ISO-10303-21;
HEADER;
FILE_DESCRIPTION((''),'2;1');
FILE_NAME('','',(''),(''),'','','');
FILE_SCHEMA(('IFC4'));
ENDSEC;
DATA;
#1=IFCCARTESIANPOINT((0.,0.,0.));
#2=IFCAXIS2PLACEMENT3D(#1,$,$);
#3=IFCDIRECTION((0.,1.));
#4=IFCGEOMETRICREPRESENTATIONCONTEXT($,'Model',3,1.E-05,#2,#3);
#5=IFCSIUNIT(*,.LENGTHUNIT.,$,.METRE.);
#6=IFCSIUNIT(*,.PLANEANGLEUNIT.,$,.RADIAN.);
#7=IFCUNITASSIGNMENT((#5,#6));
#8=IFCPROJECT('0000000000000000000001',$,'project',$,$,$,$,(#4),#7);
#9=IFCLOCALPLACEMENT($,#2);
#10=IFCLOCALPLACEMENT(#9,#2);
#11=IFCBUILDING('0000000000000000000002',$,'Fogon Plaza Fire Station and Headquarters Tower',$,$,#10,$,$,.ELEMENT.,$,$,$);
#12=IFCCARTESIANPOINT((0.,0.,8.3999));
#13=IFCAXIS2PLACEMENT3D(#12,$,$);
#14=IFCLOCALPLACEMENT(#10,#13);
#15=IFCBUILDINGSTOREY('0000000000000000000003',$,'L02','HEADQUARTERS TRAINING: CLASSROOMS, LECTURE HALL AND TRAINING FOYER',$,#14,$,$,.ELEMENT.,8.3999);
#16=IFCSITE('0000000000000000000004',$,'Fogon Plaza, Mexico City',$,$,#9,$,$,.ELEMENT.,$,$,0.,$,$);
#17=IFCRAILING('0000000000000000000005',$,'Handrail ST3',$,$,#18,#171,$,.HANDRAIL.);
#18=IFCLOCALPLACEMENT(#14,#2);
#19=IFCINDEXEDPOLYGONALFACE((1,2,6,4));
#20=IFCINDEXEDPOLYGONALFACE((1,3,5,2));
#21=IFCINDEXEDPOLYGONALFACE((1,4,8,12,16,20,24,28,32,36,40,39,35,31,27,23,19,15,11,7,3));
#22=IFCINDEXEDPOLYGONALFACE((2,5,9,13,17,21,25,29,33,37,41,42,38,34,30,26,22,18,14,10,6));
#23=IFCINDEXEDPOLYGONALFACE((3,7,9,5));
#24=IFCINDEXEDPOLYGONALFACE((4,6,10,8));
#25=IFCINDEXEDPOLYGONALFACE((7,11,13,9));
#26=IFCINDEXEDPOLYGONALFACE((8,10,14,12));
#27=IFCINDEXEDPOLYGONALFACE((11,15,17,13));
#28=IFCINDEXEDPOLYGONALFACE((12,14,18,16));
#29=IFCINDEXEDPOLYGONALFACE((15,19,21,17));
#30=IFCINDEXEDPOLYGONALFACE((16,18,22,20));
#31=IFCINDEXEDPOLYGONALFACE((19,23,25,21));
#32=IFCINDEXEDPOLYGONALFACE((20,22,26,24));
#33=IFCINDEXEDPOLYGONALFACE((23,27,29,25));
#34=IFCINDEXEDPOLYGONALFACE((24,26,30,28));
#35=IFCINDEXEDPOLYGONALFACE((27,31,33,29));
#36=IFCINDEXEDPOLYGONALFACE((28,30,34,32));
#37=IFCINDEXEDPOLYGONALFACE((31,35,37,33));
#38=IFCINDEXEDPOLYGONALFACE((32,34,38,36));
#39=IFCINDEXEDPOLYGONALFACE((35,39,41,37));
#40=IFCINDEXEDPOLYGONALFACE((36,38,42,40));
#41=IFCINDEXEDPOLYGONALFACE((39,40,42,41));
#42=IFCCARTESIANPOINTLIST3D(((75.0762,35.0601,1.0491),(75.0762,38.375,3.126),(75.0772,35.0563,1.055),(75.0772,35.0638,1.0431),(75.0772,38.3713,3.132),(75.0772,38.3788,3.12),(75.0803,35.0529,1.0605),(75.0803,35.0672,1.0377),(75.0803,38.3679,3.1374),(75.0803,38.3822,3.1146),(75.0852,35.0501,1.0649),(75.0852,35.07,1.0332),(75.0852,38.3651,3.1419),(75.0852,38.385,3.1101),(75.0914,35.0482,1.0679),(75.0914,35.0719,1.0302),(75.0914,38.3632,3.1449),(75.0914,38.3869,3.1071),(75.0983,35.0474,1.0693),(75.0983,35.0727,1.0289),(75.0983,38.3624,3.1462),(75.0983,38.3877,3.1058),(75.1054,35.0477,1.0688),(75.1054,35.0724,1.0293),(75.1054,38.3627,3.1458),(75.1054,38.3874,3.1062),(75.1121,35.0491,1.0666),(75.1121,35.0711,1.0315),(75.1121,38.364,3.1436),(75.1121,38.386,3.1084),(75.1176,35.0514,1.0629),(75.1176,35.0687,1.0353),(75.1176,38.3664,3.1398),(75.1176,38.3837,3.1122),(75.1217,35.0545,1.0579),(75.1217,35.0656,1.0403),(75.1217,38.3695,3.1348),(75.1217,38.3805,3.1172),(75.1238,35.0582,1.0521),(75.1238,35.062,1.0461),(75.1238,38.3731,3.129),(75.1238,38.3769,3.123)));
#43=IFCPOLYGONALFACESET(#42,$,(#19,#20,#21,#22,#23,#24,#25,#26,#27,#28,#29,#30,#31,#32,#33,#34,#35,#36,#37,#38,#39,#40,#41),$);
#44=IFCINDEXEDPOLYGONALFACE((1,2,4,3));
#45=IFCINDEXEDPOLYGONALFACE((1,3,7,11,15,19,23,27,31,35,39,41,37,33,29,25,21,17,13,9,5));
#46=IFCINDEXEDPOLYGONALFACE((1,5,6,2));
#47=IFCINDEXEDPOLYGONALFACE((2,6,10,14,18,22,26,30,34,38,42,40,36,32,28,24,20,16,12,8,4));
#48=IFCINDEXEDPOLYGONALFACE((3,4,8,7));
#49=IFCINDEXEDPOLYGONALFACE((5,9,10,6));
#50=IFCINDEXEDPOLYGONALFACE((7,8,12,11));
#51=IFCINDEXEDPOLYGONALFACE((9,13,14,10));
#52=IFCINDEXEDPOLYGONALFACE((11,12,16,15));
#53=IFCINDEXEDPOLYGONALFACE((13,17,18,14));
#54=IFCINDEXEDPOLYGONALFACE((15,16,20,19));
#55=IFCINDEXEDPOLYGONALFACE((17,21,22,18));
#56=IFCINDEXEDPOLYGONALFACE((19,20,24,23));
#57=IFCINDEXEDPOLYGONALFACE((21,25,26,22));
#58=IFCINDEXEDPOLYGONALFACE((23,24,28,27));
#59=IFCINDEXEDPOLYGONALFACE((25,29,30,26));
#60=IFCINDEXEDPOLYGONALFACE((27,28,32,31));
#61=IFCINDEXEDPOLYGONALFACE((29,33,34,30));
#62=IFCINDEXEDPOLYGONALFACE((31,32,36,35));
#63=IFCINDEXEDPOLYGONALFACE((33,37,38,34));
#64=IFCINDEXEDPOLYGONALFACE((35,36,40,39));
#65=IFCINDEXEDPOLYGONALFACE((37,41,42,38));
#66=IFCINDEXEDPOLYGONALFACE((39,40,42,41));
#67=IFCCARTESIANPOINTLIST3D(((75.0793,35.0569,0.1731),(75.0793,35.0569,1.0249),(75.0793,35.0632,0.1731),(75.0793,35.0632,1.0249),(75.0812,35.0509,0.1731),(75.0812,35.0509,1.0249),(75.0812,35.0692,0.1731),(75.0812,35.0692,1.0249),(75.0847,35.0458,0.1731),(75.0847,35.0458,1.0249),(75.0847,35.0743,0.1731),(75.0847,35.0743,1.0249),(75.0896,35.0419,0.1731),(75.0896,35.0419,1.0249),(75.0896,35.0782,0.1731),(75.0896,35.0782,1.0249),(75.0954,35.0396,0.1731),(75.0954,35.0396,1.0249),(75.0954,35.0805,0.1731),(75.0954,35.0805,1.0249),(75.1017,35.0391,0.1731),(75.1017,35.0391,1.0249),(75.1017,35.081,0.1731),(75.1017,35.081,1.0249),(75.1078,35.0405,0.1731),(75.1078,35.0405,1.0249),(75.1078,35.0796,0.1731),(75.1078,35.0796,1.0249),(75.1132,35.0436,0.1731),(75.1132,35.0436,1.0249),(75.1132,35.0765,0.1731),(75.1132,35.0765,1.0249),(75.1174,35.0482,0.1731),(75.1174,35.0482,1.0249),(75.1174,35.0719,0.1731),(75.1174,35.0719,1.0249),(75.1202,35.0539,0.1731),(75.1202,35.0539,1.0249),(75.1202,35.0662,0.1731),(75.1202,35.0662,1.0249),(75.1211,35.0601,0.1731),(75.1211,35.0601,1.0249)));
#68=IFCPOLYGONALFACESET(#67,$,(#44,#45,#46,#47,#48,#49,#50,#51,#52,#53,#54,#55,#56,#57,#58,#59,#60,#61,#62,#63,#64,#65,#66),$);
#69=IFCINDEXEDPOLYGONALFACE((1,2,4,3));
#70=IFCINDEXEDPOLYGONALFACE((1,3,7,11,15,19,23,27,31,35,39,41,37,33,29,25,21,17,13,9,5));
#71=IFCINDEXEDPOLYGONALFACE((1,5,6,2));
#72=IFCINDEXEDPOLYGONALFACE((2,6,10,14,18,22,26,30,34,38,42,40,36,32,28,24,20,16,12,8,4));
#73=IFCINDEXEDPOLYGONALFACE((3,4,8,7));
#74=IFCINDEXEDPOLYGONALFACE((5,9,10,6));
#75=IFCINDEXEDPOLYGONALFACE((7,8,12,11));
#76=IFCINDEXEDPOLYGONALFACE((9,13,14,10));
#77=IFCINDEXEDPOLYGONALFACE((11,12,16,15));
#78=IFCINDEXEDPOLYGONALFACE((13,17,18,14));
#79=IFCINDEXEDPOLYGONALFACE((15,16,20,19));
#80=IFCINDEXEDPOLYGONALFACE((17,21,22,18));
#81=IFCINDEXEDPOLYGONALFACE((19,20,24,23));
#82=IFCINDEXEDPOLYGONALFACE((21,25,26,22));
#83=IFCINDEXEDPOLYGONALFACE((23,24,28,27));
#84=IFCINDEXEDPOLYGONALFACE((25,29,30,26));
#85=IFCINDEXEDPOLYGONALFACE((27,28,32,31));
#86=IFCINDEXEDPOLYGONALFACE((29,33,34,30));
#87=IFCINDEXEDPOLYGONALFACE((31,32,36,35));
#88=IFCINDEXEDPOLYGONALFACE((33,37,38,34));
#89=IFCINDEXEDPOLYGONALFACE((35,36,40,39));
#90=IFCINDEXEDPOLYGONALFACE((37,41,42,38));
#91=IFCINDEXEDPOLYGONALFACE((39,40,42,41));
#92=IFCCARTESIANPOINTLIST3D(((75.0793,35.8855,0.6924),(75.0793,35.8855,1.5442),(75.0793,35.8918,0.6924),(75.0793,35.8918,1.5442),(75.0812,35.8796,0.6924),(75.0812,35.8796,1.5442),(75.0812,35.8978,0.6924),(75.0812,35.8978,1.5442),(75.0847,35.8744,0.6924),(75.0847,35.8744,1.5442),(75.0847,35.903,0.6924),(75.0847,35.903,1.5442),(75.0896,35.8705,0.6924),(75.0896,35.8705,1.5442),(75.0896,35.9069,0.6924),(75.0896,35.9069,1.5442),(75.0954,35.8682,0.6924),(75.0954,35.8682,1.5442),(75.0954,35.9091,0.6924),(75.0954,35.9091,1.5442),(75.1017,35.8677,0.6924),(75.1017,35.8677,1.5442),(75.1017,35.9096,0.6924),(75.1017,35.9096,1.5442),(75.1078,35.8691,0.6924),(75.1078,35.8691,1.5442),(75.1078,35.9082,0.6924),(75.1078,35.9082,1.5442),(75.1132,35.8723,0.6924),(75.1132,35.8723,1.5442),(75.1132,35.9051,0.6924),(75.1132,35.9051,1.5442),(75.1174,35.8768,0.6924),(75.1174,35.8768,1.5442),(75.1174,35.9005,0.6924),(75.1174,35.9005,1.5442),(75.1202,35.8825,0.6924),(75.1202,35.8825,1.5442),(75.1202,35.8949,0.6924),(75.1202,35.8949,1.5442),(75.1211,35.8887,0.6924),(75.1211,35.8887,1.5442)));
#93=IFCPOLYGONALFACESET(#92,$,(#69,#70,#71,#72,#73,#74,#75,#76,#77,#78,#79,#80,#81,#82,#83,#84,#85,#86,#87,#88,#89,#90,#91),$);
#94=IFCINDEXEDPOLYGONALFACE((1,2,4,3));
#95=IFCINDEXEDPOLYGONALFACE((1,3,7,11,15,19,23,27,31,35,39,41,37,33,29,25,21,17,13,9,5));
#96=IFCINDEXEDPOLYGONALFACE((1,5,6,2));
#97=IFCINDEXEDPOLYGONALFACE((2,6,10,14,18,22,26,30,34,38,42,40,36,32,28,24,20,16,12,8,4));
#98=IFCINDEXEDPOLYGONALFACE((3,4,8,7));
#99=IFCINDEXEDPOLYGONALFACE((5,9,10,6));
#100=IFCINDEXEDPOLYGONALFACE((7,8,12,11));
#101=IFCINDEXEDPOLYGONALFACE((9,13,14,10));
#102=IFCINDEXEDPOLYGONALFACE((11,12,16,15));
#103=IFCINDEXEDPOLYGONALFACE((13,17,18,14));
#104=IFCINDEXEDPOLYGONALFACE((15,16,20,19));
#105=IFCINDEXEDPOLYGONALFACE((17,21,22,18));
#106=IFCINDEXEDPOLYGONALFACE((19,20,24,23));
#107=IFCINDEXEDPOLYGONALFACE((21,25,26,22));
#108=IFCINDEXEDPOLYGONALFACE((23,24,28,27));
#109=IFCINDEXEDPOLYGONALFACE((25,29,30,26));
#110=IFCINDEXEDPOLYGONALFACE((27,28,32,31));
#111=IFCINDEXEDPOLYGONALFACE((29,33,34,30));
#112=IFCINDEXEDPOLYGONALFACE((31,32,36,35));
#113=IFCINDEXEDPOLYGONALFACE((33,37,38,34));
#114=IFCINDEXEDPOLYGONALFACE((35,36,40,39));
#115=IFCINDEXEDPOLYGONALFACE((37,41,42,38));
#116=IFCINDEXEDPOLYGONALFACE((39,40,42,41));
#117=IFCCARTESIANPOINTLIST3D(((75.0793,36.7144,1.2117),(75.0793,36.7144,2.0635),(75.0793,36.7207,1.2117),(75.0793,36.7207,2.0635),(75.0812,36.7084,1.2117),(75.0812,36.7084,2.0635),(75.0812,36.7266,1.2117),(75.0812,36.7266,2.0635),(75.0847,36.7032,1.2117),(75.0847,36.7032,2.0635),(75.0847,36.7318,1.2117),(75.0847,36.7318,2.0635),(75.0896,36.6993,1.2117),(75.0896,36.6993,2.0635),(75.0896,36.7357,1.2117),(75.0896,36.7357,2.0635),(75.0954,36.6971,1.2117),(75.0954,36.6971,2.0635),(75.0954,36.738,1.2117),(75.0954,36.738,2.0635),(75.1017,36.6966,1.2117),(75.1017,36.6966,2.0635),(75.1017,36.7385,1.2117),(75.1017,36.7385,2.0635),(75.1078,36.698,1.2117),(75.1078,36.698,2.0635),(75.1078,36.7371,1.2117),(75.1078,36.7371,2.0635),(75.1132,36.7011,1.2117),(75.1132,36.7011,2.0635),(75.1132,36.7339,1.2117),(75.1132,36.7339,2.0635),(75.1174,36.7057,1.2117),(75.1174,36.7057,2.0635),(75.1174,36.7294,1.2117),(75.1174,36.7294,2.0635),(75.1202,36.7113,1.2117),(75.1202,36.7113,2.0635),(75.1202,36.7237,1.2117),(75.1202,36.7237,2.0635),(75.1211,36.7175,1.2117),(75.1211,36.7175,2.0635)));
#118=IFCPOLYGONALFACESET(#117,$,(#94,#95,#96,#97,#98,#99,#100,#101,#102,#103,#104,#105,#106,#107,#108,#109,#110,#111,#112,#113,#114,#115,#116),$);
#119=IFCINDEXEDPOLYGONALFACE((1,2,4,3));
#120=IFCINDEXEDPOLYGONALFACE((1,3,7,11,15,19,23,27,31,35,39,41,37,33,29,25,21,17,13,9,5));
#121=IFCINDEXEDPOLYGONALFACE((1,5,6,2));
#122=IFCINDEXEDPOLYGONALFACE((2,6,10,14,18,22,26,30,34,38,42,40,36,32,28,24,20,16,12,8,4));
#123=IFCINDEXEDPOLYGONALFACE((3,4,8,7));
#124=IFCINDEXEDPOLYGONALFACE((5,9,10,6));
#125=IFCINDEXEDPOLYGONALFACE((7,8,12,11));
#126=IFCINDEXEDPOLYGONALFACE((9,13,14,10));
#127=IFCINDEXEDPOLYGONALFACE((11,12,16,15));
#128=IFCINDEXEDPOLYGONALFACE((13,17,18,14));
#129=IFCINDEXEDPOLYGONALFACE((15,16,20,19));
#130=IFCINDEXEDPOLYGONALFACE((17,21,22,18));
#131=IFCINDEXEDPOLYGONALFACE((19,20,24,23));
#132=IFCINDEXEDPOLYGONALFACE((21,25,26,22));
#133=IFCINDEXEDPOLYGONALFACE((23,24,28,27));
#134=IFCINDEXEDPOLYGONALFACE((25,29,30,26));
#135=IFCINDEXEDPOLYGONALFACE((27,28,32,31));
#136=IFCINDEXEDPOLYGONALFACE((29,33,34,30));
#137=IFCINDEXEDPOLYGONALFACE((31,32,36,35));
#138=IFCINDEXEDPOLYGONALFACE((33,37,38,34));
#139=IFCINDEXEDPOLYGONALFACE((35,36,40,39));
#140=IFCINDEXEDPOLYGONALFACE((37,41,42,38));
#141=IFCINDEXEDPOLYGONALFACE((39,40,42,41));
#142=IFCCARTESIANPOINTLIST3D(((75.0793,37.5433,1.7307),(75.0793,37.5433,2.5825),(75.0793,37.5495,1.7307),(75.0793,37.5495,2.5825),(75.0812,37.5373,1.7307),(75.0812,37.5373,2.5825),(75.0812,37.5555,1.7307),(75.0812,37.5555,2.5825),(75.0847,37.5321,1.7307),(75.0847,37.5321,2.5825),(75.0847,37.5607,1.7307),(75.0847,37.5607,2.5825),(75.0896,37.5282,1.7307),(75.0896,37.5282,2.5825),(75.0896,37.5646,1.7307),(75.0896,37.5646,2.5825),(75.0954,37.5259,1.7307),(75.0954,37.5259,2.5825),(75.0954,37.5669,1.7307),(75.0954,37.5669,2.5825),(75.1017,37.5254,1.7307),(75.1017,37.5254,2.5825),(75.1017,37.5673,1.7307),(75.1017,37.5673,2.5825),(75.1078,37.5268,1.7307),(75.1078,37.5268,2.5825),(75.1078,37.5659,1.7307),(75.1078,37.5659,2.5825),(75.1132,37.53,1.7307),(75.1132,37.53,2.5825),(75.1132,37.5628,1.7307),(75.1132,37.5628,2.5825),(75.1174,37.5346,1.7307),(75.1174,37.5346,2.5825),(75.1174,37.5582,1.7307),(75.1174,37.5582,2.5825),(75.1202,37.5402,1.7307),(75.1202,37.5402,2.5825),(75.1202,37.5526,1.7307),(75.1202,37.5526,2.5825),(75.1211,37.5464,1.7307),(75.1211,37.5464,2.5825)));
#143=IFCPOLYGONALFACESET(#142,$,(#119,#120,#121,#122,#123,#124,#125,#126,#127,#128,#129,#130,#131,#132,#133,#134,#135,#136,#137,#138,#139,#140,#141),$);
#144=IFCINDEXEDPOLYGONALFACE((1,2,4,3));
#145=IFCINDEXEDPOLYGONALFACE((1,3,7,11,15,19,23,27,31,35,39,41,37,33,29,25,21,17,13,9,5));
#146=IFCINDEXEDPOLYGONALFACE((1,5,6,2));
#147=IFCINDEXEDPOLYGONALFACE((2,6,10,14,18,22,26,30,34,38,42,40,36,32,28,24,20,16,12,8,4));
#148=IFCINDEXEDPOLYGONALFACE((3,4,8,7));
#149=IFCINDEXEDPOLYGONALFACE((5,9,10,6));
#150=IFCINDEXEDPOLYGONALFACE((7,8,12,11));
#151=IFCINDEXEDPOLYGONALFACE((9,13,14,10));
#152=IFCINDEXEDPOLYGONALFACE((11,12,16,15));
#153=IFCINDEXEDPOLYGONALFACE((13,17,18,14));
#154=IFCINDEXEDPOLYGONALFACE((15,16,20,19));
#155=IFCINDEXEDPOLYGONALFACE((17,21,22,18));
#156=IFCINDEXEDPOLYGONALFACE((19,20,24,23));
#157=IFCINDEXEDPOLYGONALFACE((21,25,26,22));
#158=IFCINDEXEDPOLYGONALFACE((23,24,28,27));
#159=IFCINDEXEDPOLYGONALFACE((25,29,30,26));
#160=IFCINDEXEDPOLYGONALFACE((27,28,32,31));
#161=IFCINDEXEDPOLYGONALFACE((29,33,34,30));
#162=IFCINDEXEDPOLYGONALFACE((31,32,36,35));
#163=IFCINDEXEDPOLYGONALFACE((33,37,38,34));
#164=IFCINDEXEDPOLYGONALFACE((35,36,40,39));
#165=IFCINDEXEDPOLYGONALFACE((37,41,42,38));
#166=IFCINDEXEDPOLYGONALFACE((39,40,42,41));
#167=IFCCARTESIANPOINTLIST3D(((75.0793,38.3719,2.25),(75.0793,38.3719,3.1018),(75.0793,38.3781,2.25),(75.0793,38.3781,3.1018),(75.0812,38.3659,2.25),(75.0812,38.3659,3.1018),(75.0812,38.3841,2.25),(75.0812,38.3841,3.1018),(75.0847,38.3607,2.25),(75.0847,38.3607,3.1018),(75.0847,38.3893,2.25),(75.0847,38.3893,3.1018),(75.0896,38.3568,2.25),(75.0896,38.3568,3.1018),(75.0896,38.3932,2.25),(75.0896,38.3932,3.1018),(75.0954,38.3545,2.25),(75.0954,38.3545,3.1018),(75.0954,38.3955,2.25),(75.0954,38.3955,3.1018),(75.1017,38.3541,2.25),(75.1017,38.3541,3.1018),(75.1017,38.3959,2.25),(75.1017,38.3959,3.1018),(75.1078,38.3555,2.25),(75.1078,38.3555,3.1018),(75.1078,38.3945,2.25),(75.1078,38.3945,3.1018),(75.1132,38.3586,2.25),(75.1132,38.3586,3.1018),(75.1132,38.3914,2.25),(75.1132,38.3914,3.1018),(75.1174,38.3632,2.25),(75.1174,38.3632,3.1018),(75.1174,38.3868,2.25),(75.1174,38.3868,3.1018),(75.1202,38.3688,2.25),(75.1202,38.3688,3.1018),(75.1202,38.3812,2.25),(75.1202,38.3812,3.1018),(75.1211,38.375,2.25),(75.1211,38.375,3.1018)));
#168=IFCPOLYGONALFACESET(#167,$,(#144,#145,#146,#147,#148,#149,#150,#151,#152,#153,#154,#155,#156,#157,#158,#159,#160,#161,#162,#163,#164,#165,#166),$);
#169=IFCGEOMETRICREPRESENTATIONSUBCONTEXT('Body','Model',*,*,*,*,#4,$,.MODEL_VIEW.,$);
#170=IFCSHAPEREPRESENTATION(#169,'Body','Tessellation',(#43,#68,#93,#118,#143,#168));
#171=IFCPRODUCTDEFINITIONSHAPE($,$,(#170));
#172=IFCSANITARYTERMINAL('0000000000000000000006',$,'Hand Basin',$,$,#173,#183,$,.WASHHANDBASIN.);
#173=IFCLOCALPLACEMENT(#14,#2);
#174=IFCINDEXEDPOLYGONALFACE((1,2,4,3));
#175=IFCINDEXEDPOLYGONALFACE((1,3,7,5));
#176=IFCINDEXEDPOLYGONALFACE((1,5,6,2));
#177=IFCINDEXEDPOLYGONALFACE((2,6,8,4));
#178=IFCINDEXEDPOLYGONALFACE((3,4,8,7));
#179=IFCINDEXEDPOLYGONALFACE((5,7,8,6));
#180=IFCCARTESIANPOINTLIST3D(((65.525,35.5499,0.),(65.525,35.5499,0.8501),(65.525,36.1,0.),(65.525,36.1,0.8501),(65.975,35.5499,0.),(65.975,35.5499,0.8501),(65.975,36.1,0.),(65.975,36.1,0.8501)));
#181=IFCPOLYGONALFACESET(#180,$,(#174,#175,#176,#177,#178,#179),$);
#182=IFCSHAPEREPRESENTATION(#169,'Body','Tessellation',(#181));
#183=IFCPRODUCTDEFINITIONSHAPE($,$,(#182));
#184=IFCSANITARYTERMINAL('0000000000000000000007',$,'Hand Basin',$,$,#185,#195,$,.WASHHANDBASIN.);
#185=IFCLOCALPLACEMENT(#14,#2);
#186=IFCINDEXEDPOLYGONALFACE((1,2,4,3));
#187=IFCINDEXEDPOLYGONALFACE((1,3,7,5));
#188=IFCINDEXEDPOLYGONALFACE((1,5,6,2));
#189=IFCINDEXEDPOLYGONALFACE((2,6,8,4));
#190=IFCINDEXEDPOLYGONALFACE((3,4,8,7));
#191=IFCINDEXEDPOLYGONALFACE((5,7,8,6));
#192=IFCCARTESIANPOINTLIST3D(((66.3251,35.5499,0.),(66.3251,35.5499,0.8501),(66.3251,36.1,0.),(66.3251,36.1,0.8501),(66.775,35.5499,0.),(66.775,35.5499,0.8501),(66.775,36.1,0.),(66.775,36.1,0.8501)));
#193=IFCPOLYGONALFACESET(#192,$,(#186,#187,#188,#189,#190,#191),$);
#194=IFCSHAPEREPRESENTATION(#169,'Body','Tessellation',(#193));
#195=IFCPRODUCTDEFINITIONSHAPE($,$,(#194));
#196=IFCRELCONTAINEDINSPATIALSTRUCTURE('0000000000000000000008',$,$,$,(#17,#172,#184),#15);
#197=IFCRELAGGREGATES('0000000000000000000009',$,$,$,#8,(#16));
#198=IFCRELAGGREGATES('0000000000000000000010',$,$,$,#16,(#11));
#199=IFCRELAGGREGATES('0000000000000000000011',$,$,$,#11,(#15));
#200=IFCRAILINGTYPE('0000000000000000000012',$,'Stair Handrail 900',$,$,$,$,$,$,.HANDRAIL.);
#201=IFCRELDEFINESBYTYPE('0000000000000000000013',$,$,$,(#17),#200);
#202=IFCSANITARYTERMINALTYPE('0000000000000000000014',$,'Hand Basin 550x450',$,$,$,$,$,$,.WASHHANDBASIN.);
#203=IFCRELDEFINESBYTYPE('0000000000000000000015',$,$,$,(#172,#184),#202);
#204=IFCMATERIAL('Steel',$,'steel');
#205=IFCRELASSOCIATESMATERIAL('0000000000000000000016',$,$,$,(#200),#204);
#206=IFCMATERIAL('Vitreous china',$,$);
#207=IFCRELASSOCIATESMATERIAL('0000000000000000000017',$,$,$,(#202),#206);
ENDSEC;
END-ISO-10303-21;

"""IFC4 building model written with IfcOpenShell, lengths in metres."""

from ifc_helpers import new_model, si_unit, direction, frame, origin, origin_2d, place, context, subcontext, project, spatial, rectangle, circle, extrude, material, type_object, element, save


model = new_model("IFC4")

# Units and contexts
model_context = context("Model", 3, precision=1e-05, world=origin(), true_north=direction((0.0, 1.0)))
body_context = subcontext(model_context, "Body", "Model", "MODEL_VIEW")
ifc_project = project(units=[si_unit("LENGTHUNIT", "METRE"), si_unit("PLANEANGLEUNIT", "RADIAN")], contexts=[model_context])

# Site, building, storey
site_placement = place(None, origin())
site = spatial("IfcSite", under=ifc_project, at=site_placement, Name="Fogon Plaza, Mexico City", CompositionType="ELEMENT", RefElevation=0.0)
building_placement = place(site_placement, origin())
building = spatial("IfcBuilding", under=site, at=building_placement, Name="Fogon Plaza Fire Station and Headquarters Tower", CompositionType="ELEMENT")
storey_placement = place(building_placement, frame((0.0, 0.0, 8.3999)))
storey = spatial("IfcBuildingStorey", under=building, at=storey_placement, Name="L02", Description="HEADQUARTERS TRAINING: CLASSROOMS, LECTURE HALL AND TRAINING FOYER", CompositionType="ELEMENT", Elevation=8.3999)

# Railing
ifc_material_1 = material(Name="Steel", Category="steel")
railing_type = type_object("IfcRailingType", Name="Stair Handrail 900", PredefinedType="HANDRAIL", material=ifc_material_1)
for number, where, name in (
    (1, (75.1001, 35.0601, 0.1731), "Handrail ST3"),
):
    element("IfcRailing", number, at=place(storey_placement, frame(where)), inside=storey, type_object=railing_type, Name=name, PredefinedType="HANDRAIL", context=body_context, shape_type="SweptSolid", body=[
        extrude(circle(Radius=0.0239, at=origin_2d()), frame((0.0, 0.0, 0.876), z_axis=(0.0, 0.847416, 0.53093), x_axis=(-1.0, 0.0, 0.0)), (0.0, 0.0, 1.0), 3.9119),
        extrude(circle(Radius=0.021, at=origin_2d()), origin(), (0.0, 0.0, 1.0), 0.8518),
        extrude(circle(Radius=0.021, at=origin_2d()), frame((0.0, 0.8286, 0.5193)), (0.0, 0.0, 1.0), 0.8518),
        extrude(circle(Radius=0.021, at=origin_2d()), frame((0.0, 1.6575, 1.0386)), (0.0, 0.0, 1.0), 0.8518),
        extrude(circle(Radius=0.021, at=origin_2d()), frame((0.0, 2.4863, 1.5576)), (0.0, 0.0, 1.0), 0.8518),
        extrude(circle(Radius=0.021, at=origin_2d()), frame((0.0, 3.3149, 2.0769)), (0.0, 0.0, 1.0), 0.8518),
    ])

# Sanitary terminals
ifc_material_2 = material(Name="Vitreous china")
sanitary_terminal_type = type_object("IfcSanitaryTerminalType", Name="Hand Basin 550x450", PredefinedType="WASHHANDBASIN", material=ifc_material_2)
for number, where, z_axis, x_axis, name in (
    (2, (65.75, 35.825, 0.0), (0.0, 0.0, 1.0), (1.0, 0.0, 0.0), "Hand Basin"),
    (3, (66.55, 35.825, 0.0), (0.0, 0.0, 1.0), (1.0, 0.0, 0.0), "Hand Basin"),
):
    element("IfcSanitaryTerminal", number, at=place(storey_placement, frame(where, z_axis=z_axis, x_axis=x_axis)), inside=storey, type_object=sanitary_terminal_type, Name=name, PredefinedType="WASHHANDBASIN", context=body_context, shape_type="SweptSolid", body=[
        extrude(rectangle(XDim=0.45, YDim=0.55, at=origin_2d()), origin(), (0.0, 0.0, 1.0), 0.8501),
    ])

save(model, "model.ifc")
